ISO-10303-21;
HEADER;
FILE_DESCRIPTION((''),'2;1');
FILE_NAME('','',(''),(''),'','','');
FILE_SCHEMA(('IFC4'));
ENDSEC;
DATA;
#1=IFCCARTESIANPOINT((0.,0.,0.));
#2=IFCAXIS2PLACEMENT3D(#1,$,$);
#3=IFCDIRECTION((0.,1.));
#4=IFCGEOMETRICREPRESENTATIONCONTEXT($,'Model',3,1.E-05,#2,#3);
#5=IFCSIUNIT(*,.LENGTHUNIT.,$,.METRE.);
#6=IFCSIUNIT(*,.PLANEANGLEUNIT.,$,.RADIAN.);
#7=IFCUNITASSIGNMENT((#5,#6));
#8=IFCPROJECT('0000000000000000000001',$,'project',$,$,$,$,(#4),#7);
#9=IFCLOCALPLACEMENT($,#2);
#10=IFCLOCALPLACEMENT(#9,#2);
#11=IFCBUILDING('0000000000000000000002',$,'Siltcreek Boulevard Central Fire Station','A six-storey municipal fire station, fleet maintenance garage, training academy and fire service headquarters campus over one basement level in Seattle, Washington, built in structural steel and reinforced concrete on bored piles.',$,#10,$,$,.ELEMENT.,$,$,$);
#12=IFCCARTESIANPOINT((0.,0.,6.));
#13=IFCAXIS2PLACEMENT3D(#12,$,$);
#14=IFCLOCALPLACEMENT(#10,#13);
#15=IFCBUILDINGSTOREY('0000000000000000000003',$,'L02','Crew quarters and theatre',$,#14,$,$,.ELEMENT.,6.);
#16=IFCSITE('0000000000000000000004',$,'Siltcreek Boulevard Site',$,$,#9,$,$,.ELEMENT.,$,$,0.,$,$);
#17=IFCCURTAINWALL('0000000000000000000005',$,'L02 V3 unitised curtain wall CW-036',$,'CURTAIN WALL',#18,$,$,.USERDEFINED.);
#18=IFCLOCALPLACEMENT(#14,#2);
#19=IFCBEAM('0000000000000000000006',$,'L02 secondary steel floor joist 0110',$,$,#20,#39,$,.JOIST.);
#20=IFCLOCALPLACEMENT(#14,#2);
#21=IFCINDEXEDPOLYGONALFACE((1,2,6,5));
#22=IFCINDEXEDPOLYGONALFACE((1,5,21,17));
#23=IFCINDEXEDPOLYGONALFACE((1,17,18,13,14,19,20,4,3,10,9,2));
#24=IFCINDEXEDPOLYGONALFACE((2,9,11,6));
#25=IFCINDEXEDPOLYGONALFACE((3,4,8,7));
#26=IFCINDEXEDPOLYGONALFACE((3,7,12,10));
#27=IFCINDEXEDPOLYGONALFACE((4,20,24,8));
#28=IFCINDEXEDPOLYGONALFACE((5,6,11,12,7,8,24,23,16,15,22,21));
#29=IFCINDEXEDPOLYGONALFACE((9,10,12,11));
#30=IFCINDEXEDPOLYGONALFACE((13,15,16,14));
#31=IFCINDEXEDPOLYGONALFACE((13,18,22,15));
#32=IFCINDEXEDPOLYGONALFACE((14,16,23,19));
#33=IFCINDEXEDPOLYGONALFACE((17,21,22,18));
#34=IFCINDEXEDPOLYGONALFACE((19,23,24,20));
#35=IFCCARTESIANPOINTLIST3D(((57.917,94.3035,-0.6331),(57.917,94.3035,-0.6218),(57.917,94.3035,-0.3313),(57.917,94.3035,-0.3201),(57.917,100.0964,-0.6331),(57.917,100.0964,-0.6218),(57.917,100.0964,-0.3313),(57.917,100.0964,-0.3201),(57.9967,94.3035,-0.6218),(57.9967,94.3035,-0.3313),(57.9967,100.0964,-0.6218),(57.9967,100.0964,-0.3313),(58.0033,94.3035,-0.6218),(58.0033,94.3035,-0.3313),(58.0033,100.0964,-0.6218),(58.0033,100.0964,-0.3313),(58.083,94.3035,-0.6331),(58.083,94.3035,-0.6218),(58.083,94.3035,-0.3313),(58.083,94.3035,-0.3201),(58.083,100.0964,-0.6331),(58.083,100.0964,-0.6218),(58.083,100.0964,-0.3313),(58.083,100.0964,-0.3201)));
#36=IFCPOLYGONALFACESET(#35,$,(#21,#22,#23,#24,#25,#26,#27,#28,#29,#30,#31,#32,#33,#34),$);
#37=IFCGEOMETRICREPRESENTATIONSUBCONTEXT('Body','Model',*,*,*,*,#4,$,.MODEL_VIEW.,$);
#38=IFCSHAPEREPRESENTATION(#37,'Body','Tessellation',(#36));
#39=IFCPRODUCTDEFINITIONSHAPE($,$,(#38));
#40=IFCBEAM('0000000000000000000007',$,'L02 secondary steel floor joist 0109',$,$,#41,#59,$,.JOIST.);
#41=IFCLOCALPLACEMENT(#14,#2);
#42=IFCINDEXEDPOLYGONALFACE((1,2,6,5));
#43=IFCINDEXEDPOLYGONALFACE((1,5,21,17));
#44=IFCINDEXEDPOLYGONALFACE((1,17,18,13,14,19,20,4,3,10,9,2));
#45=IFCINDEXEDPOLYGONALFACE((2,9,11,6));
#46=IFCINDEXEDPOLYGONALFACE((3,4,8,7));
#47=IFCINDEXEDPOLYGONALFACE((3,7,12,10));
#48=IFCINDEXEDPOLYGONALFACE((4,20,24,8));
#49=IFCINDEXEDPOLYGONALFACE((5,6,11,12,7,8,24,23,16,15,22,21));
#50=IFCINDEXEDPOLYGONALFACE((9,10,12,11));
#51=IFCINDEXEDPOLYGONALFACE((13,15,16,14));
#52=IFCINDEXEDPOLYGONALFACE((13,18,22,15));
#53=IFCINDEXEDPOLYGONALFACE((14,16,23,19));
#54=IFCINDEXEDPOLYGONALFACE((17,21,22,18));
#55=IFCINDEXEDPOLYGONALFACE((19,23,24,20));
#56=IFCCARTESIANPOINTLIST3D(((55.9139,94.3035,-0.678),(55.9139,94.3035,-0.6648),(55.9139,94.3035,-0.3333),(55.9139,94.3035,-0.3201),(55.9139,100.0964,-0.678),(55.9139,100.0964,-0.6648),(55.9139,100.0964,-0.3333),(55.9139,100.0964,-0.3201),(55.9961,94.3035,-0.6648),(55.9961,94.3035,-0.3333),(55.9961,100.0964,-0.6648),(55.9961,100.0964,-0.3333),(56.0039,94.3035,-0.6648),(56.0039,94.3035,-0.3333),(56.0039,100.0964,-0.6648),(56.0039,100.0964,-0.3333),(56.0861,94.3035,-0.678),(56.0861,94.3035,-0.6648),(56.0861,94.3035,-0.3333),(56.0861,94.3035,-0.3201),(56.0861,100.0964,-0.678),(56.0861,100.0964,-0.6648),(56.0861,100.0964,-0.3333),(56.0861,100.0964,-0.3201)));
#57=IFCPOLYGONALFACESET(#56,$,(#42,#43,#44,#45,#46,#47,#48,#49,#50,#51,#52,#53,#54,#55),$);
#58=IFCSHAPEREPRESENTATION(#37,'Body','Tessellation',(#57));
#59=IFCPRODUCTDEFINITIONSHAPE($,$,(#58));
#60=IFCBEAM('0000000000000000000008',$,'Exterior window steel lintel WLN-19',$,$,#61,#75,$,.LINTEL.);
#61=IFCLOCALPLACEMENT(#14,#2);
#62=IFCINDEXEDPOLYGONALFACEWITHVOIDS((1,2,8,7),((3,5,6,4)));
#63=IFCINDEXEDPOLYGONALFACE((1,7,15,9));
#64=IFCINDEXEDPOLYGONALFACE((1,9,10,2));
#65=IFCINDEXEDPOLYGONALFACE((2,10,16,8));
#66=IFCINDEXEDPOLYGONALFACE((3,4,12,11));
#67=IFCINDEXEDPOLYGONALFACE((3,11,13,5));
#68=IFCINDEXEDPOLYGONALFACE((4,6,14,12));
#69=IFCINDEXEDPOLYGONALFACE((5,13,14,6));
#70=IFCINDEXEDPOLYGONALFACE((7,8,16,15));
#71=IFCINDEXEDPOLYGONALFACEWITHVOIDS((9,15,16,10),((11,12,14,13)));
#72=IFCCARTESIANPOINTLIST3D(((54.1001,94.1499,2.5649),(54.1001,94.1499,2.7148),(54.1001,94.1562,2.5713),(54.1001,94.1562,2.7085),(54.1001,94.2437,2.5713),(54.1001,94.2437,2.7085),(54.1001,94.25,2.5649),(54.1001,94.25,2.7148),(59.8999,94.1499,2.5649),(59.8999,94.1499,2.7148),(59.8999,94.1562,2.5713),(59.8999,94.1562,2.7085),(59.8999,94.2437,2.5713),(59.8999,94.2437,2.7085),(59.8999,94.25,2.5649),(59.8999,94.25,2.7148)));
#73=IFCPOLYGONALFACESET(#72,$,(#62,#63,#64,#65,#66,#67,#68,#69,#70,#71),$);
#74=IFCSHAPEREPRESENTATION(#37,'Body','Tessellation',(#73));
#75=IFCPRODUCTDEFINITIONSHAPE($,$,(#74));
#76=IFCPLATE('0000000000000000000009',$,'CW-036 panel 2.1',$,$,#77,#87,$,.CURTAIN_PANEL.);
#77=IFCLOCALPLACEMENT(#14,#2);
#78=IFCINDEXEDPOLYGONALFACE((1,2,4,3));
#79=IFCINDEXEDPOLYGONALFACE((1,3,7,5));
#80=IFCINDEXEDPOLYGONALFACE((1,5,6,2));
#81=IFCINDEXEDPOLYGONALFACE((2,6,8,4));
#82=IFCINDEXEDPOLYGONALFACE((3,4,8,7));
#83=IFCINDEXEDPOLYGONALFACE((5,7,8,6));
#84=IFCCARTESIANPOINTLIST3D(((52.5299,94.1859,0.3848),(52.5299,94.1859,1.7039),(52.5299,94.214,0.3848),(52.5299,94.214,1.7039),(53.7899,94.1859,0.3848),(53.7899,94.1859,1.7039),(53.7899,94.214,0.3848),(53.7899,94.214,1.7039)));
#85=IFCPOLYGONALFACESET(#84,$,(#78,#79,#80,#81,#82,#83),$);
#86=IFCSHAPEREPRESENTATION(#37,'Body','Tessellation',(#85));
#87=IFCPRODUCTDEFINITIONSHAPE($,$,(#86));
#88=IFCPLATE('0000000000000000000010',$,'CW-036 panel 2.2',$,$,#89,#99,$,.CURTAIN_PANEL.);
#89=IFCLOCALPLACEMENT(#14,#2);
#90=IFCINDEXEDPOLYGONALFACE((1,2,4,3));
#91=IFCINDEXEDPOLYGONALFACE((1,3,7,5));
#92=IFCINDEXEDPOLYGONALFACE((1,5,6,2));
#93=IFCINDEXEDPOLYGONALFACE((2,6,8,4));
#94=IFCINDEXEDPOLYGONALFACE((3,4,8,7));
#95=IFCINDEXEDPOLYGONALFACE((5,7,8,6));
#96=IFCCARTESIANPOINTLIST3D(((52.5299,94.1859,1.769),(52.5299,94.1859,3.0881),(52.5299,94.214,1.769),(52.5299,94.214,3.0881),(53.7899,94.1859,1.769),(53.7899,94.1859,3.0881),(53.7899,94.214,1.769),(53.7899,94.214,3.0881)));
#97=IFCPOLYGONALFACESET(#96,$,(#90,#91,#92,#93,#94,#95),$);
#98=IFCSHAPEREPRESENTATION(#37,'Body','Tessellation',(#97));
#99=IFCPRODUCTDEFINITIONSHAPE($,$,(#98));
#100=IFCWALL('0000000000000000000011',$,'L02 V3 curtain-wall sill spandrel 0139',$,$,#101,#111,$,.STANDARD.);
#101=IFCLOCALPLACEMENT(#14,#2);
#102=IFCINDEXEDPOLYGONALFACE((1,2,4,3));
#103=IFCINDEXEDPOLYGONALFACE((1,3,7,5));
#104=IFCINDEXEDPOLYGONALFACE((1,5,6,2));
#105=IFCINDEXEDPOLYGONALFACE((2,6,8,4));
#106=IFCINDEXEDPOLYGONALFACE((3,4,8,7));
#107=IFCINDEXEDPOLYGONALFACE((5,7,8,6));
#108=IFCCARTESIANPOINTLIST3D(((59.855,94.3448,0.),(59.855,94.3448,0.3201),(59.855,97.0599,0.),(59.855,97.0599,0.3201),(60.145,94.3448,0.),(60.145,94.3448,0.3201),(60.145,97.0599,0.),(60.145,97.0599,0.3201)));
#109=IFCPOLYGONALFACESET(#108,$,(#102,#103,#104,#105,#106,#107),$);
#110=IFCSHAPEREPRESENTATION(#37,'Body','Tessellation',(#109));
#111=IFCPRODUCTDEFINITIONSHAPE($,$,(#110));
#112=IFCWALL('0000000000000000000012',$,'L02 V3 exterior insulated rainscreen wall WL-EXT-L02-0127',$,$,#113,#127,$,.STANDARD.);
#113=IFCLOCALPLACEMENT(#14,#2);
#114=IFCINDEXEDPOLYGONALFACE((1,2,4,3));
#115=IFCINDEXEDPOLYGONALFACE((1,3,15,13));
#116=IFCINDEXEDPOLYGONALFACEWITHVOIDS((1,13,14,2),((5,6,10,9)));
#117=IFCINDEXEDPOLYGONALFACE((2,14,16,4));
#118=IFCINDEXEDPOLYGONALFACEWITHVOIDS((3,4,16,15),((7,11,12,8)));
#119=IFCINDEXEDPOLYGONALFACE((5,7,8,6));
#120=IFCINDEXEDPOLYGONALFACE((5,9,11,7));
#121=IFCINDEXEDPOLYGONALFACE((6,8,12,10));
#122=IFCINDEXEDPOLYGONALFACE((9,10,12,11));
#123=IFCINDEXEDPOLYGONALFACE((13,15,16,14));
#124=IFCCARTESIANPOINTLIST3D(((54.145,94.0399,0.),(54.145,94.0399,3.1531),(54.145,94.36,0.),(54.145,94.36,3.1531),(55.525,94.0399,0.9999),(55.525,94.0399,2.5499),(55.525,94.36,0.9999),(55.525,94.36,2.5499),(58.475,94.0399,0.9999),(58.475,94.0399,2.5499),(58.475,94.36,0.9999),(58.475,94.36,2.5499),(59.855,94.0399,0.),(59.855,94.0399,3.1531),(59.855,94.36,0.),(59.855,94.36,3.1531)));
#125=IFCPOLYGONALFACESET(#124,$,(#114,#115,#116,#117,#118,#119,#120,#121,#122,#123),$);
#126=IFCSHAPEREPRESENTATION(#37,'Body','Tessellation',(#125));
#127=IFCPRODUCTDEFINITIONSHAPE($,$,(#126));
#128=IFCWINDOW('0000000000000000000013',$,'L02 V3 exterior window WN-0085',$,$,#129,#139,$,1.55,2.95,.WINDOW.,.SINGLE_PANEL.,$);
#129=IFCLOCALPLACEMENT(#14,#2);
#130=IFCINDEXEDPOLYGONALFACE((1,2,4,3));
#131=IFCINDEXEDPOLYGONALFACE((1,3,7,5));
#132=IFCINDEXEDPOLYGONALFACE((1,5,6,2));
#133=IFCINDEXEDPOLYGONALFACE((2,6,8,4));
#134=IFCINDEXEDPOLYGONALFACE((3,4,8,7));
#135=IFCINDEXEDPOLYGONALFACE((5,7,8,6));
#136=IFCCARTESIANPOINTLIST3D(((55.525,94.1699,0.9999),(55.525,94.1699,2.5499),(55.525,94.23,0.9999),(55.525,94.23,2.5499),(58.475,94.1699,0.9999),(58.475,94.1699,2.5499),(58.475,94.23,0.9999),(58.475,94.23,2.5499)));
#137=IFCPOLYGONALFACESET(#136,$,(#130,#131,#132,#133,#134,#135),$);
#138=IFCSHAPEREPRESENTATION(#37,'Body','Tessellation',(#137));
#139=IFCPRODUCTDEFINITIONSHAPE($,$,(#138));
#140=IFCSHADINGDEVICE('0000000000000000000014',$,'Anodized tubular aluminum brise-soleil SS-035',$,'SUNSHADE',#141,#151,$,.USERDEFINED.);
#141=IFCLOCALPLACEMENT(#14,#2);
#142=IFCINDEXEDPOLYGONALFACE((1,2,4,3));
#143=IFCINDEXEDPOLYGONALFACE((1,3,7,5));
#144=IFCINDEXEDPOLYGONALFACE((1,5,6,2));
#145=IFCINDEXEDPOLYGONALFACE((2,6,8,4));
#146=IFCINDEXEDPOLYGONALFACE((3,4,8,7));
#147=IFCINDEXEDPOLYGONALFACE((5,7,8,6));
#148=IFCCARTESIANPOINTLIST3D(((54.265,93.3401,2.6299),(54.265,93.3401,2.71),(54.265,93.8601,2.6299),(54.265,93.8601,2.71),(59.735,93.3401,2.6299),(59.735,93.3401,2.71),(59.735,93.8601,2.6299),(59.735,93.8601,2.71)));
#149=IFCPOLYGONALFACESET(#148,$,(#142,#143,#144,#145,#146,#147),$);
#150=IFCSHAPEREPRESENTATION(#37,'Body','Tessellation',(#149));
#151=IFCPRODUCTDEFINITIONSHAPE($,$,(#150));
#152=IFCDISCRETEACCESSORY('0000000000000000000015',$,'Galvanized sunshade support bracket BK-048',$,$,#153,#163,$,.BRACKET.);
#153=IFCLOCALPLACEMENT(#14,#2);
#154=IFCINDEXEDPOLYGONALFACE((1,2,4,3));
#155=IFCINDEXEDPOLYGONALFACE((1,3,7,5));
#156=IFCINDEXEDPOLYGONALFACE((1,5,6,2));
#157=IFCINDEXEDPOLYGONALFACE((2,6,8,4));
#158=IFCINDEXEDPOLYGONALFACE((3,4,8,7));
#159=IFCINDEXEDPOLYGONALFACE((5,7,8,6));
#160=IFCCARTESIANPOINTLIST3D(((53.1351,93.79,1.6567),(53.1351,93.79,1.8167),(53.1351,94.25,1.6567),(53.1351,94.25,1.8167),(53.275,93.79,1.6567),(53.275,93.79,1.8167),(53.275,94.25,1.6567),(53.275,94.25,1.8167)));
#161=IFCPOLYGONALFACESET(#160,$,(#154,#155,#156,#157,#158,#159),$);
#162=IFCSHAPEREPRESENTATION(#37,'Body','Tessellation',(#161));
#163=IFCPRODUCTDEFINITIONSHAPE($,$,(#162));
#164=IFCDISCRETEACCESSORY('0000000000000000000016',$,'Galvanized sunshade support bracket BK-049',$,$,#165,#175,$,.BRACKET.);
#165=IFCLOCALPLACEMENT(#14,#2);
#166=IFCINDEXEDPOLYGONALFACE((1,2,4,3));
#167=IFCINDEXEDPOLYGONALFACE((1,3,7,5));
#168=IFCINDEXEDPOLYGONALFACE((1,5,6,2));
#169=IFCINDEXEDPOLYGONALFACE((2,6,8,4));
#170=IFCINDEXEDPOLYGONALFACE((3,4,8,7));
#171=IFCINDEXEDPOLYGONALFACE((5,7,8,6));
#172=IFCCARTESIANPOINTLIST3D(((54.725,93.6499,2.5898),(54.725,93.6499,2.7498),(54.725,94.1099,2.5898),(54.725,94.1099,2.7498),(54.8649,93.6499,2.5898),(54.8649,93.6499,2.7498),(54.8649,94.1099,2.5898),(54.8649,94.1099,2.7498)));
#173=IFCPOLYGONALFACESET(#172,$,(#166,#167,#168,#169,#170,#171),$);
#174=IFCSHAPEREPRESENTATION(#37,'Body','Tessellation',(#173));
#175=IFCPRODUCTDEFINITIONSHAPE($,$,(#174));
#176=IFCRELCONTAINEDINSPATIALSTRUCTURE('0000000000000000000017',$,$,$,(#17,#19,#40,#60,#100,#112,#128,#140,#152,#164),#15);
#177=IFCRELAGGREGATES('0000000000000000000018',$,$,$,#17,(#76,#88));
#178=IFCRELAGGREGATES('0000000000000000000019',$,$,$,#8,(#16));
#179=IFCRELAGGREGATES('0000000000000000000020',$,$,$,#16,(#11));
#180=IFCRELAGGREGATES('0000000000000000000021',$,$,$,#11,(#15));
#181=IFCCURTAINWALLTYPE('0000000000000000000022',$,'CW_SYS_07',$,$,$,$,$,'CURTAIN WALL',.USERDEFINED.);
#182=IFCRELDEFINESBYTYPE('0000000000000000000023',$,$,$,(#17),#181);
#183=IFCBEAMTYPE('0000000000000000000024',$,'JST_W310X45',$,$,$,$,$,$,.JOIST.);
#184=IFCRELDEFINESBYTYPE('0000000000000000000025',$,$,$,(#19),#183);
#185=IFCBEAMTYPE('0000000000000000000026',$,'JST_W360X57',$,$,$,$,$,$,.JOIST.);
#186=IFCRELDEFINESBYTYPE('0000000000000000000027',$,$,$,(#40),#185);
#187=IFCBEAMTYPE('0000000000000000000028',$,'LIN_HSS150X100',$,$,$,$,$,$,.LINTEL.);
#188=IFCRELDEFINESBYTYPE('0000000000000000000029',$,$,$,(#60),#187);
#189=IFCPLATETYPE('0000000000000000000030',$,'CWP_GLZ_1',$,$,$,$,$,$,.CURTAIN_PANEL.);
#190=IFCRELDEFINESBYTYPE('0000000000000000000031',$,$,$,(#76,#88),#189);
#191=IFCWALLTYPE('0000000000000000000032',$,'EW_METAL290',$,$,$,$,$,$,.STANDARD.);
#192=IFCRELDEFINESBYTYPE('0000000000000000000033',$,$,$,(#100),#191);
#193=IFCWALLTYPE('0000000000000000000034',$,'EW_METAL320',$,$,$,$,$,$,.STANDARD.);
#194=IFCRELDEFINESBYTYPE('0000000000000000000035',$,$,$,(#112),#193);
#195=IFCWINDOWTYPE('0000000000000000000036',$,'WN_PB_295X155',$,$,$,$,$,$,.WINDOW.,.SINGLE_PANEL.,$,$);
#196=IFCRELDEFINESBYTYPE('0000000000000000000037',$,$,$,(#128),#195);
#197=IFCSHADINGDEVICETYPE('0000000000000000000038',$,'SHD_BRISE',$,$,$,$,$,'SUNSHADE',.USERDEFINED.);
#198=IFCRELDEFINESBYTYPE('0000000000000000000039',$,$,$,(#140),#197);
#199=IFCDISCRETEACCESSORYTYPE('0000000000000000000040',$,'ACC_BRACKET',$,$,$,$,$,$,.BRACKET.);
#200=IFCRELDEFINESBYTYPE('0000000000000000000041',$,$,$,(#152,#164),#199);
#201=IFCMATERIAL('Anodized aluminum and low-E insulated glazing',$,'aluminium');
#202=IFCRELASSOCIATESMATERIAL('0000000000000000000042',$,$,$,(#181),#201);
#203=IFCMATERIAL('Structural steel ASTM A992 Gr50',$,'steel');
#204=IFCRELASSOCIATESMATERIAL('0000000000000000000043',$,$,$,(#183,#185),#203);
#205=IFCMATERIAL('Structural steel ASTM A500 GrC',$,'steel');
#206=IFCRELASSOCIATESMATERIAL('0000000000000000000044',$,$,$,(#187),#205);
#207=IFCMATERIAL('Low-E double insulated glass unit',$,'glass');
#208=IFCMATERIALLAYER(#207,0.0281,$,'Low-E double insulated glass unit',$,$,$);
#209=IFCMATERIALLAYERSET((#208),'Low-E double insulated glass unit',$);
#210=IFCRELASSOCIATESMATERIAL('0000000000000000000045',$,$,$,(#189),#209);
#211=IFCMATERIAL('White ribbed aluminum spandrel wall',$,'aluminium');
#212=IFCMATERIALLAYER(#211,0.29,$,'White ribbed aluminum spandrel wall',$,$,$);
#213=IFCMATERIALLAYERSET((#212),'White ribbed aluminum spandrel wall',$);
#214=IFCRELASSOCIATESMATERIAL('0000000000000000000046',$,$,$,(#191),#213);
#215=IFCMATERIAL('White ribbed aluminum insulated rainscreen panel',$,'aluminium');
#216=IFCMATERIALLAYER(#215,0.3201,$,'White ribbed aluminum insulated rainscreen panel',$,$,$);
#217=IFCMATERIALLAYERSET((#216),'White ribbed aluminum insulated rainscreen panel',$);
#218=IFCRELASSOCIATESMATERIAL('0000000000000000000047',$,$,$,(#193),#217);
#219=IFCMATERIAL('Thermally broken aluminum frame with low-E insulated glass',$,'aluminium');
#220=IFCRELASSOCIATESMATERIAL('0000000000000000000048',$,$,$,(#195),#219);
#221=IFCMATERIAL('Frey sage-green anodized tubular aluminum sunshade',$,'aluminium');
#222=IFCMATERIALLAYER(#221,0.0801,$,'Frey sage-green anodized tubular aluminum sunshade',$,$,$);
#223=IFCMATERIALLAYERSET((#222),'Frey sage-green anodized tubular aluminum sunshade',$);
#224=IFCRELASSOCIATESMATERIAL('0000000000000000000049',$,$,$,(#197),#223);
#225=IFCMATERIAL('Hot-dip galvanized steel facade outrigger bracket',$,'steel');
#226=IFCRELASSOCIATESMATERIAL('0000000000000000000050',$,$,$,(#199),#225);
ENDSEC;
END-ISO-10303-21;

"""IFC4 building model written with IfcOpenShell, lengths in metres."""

from ifc_helpers import new_model, si_unit, direction, frame, frame_2d, origin, origin_2d, place, context, subcontext, project, spatial, rectangle, hollow_rectangle, i_section, extrude, material, layer, layer_set, material_profile, profile_set, type_object, element, fill, aggregate, save


model = new_model("IFC4")

# Units and contexts
model_context = context("Model", 3, precision=1e-05, world=origin(), true_north=direction((0.0, 1.0)))
body_context = subcontext(model_context, "Body", "Model", "MODEL_VIEW")
ifc_project = project(units=[si_unit("LENGTHUNIT", "METRE"), si_unit("PLANEANGLEUNIT", "RADIAN")], contexts=[model_context])

# Site, building, storey
site_placement = place(None, origin())
site = spatial("IfcSite", under=ifc_project, at=site_placement, Name="Siltcreek Boulevard Site", CompositionType="ELEMENT", RefElevation=0.0)
building_placement = place(site_placement, origin())
building = spatial("IfcBuilding", under=site, at=building_placement, Name="Siltcreek Boulevard Central Fire Station", Description="A six-storey municipal fire station, fleet maintenance garage, training academy and fire service headquarters campus over one basement level in Seattle, Washington, built in structural steel and reinforced concrete on bored piles.", CompositionType="ELEMENT")
storey_placement = place(building_placement, frame((0.0, 0.0, 6.0)))
storey = spatial("IfcBuildingStorey", under=building, at=storey_placement, Name="L02", Description="Crew quarters and theatre", CompositionType="ELEMENT", Elevation=6.0)

# Shared definitions
ifc_material_1 = material(Name="Structural steel ASTM A992 Gr50", Category="steel")

# Curtain wall
ifc_material_2 = material(Name="Anodized aluminum and low-E insulated glazing", Category="aluminium")
curtain_wall_type = type_object("IfcCurtainWallType", Name="CW_SYS_07", ElementType="CURTAIN WALL", PredefinedType="USERDEFINED", material=ifc_material_2)
curtain_wall_placement = place(storey_placement, origin())
curtain_wall = element("IfcCurtainWall", 1, at=curtain_wall_placement, inside=storey, type_object=curtain_wall_type, Name="L02 V3 unitised curtain wall CW-036", ObjectType="CURTAIN WALL", PredefinedType="USERDEFINED")

# Beams
ifc_material_profile_1 = material_profile(ifc_material_1, i_section(OverallWidth=0.166, OverallDepth=0.313, WebThickness=0.0066, FlangeThickness=0.0112, at=origin_2d()), Name="W310X45")
ifc_profile_set_1 = profile_set([ifc_material_profile_1], Name="Structural steel ASTM A992 Gr50")
beam_type_1 = type_object("IfcBeamType", Name="JST_W310X45", PredefinedType="JOIST", material=ifc_profile_set_1)
beam_1_placement = place(storey_placement, frame((58.0, 94.3035, -0.4766), z_axis=(0.0, 1.0, 0.0), x_axis=(-1.0, 0.0, 0.0)))
element("IfcBeam", 2, at=beam_1_placement, inside=storey, type_object=beam_type_1, Name="L02 secondary steel floor joist 0110", PredefinedType="JOIST", context=body_context, shape_type="SweptSolid", body=[
    extrude(i_section(OverallWidth=0.166, OverallDepth=0.313, WebThickness=0.0066, FlangeThickness=0.0112, at=origin_2d()), origin(), (0.0, 0.0, 1.0), 5.793),
])
ifc_material_profile_2 = material_profile(ifc_material_1, i_section(OverallWidth=0.1721, OverallDepth=0.3579, WebThickness=0.0078, FlangeThickness=0.0132, at=origin_2d()), Name="W360X57")
ifc_profile_set_2 = profile_set([ifc_material_profile_2], Name="Structural steel ASTM A992 Gr50")
beam_type_2 = type_object("IfcBeamType", Name="JST_W360X57", PredefinedType="JOIST", material=ifc_profile_set_2)
beam_2_placement = place(storey_placement, frame((56.0, 94.3035, -0.499), z_axis=(0.0, 1.0, 0.0), x_axis=(-1.0, 0.0, 0.0)))
element("IfcBeam", 3, at=beam_2_placement, inside=storey, type_object=beam_type_2, Name="L02 secondary steel floor joist 0109", PredefinedType="JOIST", context=body_context, shape_type="SweptSolid", body=[
    extrude(i_section(OverallWidth=0.1721, OverallDepth=0.3579, WebThickness=0.0078, FlangeThickness=0.0132, at=origin_2d()), origin(), (0.0, 0.0, 1.0), 5.793),
])
ifc_material_3 = material(Name="Structural steel ASTM A500 GrC", Category="steel")
ifc_material_profile_3 = material_profile(ifc_material_3, hollow_rectangle(XDim=0.1001, YDim=0.1499, WallThickness=0.0063, at=origin_2d()), Name="HSS150X100X6.4")
ifc_profile_set_3 = profile_set([ifc_material_profile_3], Name="Structural steel ASTM A500 GrC")
beam_type_3 = type_object("IfcBeamType", Name="LIN_HSS150X100", PredefinedType="LINTEL", material=ifc_profile_set_3)
beam_3_placement = place(storey_placement, frame((54.1001, 94.2, 2.6399), z_axis=(1.0, 0.0, 0.0), x_axis=(0.0, 1.0, 0.0)))
element("IfcBeam", 4, at=beam_3_placement, inside=storey, type_object=beam_type_3, Name="Exterior window steel lintel WLN-19", PredefinedType="LINTEL", context=body_context, shape_type="SweptSolid", body=[
    extrude(hollow_rectangle(XDim=0.1001, YDim=0.1499, WallThickness=0.0063, at=origin_2d()), origin(), (0.0, 0.0, 1.0), 5.7998),
])

# Plates
ifc_material_4 = material(Name="Low-E double insulated glass unit", Category="glass")
ifc_layer_1 = layer(ifc_material_4, 0.0281, Name="Low-E double insulated glass unit")
ifc_layer_set_1 = layer_set([ifc_layer_1], Name="Low-E double insulated glass unit")
plate_type = type_object("IfcPlateType", Name="CWP_GLZ_1", PredefinedType="CURTAIN_PANEL", material=ifc_layer_set_1)
plate_1_placement = place(storey_placement, frame((53.1599, 94.2, 0.3848), z_axis=(0.0, 0.0, 1.0), x_axis=(1.0, 0.0, 0.0)))
plate_1 = element("IfcPlate", 5, at=plate_1_placement, type_object=plate_type, Name="CW-036 panel 2.1", PredefinedType="CURTAIN_PANEL", context=body_context, shape_type="SweptSolid", body=[
    extrude(rectangle(XDim=1.26, YDim=0.0281, at=origin_2d()), origin(), (0.0, 0.0, 1.0), 1.3191),
])
plate_2_placement = place(storey_placement, frame((53.1599, 94.2, 1.769), z_axis=(0.0, 0.0, 1.0), x_axis=(1.0, 0.0, 0.0)))
plate_2 = element("IfcPlate", 6, at=plate_2_placement, type_object=plate_type, Name="CW-036 panel 2.2", PredefinedType="CURTAIN_PANEL", context=body_context, shape_type="SweptSolid", body=[
    extrude(rectangle(XDim=1.26, YDim=0.0281, at=origin_2d()), origin(), (0.0, 0.0, 1.0), 1.3191),
])
aggregate(curtain_wall, [plate_1, plate_2])

# Wall
ifc_material_5 = material(Name="White ribbed aluminum spandrel wall", Category="aluminium")
ifc_layer_2 = layer(ifc_material_5, 0.29, Name="White ribbed aluminum spandrel wall")
ifc_layer_set_2 = layer_set([ifc_layer_2], Name="White ribbed aluminum spandrel wall")
wall_type_1 = type_object("IfcWallType", Name="EW_METAL290", PredefinedType="STANDARD", material=ifc_layer_set_2)
wall_1_placement = place(storey_placement, frame((60.0, 94.345, 0.0), z_axis=(0.0, 0.0, 1.0), x_axis=(0.0, 1.0, 0.0)))
element("IfcWall", 7, at=wall_1_placement, inside=storey, type_object=wall_type_1, Name="L02 V3 curtain-wall sill spandrel 0139", PredefinedType="STANDARD", context=body_context, shape_type="SweptSolid", body=[
    extrude(rectangle(XDim=2.7151, YDim=0.29, at=frame_2d((1.3574, 0.0))), origin(), (0.0, 0.0, 1.0), 0.3201),
])

# Wall, opening, window
ifc_material_6 = material(Name="White ribbed aluminum insulated rainscreen panel", Category="aluminium")
ifc_layer_3 = layer(ifc_material_6, 0.3201, Name="White ribbed aluminum insulated rainscreen panel")
ifc_layer_set_3 = layer_set([ifc_layer_3], Name="White ribbed aluminum insulated rainscreen panel")
wall_type_2 = type_object("IfcWallType", Name="EW_METAL320", PredefinedType="STANDARD", material=ifc_layer_set_3)
wall_2_placement = place(storey_placement, frame((54.145, 94.2, 0.0), z_axis=(0.0, 0.0, 1.0), x_axis=(1.0, 0.0, 0.0)))
wall_2 = element("IfcWall", 8, at=wall_2_placement, inside=storey, type_object=wall_type_2, Name="L02 V3 exterior insulated rainscreen wall WL-EXT-L02-0127", PredefinedType="STANDARD", context=body_context, shape_type="SweptSolid", body=[
    extrude(rectangle(XDim=5.71, YDim=0.3201, at=frame_2d((2.855, 0.0))), origin(), (0.0, 0.0, 1.0), 3.1531),
])
opening_placement = place(wall_2_placement, frame((1.3799, 0.0, 1.0)))
opening = element("IfcOpeningElement", 9, at=opening_placement, cuts=wall_2, PredefinedType="OPENING", context=body_context, shape_type="SweptSolid", body=[
    extrude(rectangle(XDim=2.95, YDim=1.55, at=frame_2d((1.4751, 0.7749))), frame((0.0, 0.1699, 0.0), z_axis=(0.0, -1.0, 0.0), x_axis=(1.0, 0.0, 0.0)), (0.0, 0.0, 1.0), 0.3401),
])
ifc_material_7 = material(Name="Thermally broken aluminum frame with low-E insulated glass", Category="aluminium")
window_type = type_object("IfcWindowType", Name="WN_PB_295X155", PartitioningType="SINGLE_PANEL", PredefinedType="WINDOW", material=ifc_material_7)
window_placement = place(opening_placement, origin())
window = element("IfcWindow", 10, at=window_placement, inside=storey, type_object=window_type, Name="L02 V3 exterior window WN-0085", OverallHeight=1.55, OverallWidth=2.95, PartitioningType="SINGLE_PANEL", PredefinedType="WINDOW", context=body_context, shape_type="SweptSolid", body=[
    extrude(rectangle(XDim=2.95, YDim=1.55, at=frame_2d((1.4751, 0.7749))), frame((0.0, 0.03, 0.0), z_axis=(0.0, -1.0, 0.0), x_axis=(1.0, 0.0, 0.0)), (0.0, 0.0, 1.0), 0.0601),
])
fill(opening, window)

# Shading device
ifc_material_8 = material(Name="Frey sage-green anodized tubular aluminum sunshade", Category="aluminium")
ifc_layer_4 = layer(ifc_material_8, 0.0801, Name="Frey sage-green anodized tubular aluminum sunshade")
ifc_layer_set_4 = layer_set([ifc_layer_4], Name="Frey sage-green anodized tubular aluminum sunshade")
shading_device_type = type_object("IfcShadingDeviceType", Name="SHD_BRISE", ElementType="SUNSHADE", PredefinedType="USERDEFINED", material=ifc_layer_set_4)
shading_device_placement = place(storey_placement, frame((57.0, 93.6001, 2.6299), z_axis=(0.0, 0.0, 1.0), x_axis=(1.0, 0.0, 0.0)))
element("IfcShadingDevice", 11, at=shading_device_placement, inside=storey, type_object=shading_device_type, Name="Anodized tubular aluminum brise-soleil SS-035", ObjectType="SUNSHADE", PredefinedType="USERDEFINED", context=body_context, shape_type="SweptSolid", body=[
    extrude(rectangle(XDim=5.47, YDim=0.52, at=origin_2d()), origin(), (0.0, 0.0, 1.0), 0.0801),
])

# Discrete accessories
ifc_material_9 = material(Name="Hot-dip galvanized steel facade outrigger bracket", Category="steel")
discrete_accessory_type = type_object("IfcDiscreteAccessoryType", Name="ACC_BRACKET", PredefinedType="BRACKET", material=ifc_material_9)
for number, where, z_axis, x_axis, name in (
    (12, (53.2051, 94.02, 1.6567), (0.0, 0.0, 1.0), (1.0, 0.0, 0.0), "Galvanized sunshade support bracket BK-048"),
    (13, (54.7949, 93.8799, 2.5898), (0.0, 0.0, 1.0), (1.0, 0.0, 0.0), "Galvanized sunshade support bracket BK-049"),
):
    element("IfcDiscreteAccessory", number, at=place(storey_placement, frame(where, z_axis=z_axis, x_axis=x_axis)), inside=storey, type_object=discrete_accessory_type, Name=name, PredefinedType="BRACKET", context=body_context, shape_type="SweptSolid", body=[
        extrude(rectangle(XDim=0.1399, YDim=0.46, at=origin_2d()), origin(), (0.0, 0.0, 1.0), 0.1599),
    ])

save(model, "model.ifc")
